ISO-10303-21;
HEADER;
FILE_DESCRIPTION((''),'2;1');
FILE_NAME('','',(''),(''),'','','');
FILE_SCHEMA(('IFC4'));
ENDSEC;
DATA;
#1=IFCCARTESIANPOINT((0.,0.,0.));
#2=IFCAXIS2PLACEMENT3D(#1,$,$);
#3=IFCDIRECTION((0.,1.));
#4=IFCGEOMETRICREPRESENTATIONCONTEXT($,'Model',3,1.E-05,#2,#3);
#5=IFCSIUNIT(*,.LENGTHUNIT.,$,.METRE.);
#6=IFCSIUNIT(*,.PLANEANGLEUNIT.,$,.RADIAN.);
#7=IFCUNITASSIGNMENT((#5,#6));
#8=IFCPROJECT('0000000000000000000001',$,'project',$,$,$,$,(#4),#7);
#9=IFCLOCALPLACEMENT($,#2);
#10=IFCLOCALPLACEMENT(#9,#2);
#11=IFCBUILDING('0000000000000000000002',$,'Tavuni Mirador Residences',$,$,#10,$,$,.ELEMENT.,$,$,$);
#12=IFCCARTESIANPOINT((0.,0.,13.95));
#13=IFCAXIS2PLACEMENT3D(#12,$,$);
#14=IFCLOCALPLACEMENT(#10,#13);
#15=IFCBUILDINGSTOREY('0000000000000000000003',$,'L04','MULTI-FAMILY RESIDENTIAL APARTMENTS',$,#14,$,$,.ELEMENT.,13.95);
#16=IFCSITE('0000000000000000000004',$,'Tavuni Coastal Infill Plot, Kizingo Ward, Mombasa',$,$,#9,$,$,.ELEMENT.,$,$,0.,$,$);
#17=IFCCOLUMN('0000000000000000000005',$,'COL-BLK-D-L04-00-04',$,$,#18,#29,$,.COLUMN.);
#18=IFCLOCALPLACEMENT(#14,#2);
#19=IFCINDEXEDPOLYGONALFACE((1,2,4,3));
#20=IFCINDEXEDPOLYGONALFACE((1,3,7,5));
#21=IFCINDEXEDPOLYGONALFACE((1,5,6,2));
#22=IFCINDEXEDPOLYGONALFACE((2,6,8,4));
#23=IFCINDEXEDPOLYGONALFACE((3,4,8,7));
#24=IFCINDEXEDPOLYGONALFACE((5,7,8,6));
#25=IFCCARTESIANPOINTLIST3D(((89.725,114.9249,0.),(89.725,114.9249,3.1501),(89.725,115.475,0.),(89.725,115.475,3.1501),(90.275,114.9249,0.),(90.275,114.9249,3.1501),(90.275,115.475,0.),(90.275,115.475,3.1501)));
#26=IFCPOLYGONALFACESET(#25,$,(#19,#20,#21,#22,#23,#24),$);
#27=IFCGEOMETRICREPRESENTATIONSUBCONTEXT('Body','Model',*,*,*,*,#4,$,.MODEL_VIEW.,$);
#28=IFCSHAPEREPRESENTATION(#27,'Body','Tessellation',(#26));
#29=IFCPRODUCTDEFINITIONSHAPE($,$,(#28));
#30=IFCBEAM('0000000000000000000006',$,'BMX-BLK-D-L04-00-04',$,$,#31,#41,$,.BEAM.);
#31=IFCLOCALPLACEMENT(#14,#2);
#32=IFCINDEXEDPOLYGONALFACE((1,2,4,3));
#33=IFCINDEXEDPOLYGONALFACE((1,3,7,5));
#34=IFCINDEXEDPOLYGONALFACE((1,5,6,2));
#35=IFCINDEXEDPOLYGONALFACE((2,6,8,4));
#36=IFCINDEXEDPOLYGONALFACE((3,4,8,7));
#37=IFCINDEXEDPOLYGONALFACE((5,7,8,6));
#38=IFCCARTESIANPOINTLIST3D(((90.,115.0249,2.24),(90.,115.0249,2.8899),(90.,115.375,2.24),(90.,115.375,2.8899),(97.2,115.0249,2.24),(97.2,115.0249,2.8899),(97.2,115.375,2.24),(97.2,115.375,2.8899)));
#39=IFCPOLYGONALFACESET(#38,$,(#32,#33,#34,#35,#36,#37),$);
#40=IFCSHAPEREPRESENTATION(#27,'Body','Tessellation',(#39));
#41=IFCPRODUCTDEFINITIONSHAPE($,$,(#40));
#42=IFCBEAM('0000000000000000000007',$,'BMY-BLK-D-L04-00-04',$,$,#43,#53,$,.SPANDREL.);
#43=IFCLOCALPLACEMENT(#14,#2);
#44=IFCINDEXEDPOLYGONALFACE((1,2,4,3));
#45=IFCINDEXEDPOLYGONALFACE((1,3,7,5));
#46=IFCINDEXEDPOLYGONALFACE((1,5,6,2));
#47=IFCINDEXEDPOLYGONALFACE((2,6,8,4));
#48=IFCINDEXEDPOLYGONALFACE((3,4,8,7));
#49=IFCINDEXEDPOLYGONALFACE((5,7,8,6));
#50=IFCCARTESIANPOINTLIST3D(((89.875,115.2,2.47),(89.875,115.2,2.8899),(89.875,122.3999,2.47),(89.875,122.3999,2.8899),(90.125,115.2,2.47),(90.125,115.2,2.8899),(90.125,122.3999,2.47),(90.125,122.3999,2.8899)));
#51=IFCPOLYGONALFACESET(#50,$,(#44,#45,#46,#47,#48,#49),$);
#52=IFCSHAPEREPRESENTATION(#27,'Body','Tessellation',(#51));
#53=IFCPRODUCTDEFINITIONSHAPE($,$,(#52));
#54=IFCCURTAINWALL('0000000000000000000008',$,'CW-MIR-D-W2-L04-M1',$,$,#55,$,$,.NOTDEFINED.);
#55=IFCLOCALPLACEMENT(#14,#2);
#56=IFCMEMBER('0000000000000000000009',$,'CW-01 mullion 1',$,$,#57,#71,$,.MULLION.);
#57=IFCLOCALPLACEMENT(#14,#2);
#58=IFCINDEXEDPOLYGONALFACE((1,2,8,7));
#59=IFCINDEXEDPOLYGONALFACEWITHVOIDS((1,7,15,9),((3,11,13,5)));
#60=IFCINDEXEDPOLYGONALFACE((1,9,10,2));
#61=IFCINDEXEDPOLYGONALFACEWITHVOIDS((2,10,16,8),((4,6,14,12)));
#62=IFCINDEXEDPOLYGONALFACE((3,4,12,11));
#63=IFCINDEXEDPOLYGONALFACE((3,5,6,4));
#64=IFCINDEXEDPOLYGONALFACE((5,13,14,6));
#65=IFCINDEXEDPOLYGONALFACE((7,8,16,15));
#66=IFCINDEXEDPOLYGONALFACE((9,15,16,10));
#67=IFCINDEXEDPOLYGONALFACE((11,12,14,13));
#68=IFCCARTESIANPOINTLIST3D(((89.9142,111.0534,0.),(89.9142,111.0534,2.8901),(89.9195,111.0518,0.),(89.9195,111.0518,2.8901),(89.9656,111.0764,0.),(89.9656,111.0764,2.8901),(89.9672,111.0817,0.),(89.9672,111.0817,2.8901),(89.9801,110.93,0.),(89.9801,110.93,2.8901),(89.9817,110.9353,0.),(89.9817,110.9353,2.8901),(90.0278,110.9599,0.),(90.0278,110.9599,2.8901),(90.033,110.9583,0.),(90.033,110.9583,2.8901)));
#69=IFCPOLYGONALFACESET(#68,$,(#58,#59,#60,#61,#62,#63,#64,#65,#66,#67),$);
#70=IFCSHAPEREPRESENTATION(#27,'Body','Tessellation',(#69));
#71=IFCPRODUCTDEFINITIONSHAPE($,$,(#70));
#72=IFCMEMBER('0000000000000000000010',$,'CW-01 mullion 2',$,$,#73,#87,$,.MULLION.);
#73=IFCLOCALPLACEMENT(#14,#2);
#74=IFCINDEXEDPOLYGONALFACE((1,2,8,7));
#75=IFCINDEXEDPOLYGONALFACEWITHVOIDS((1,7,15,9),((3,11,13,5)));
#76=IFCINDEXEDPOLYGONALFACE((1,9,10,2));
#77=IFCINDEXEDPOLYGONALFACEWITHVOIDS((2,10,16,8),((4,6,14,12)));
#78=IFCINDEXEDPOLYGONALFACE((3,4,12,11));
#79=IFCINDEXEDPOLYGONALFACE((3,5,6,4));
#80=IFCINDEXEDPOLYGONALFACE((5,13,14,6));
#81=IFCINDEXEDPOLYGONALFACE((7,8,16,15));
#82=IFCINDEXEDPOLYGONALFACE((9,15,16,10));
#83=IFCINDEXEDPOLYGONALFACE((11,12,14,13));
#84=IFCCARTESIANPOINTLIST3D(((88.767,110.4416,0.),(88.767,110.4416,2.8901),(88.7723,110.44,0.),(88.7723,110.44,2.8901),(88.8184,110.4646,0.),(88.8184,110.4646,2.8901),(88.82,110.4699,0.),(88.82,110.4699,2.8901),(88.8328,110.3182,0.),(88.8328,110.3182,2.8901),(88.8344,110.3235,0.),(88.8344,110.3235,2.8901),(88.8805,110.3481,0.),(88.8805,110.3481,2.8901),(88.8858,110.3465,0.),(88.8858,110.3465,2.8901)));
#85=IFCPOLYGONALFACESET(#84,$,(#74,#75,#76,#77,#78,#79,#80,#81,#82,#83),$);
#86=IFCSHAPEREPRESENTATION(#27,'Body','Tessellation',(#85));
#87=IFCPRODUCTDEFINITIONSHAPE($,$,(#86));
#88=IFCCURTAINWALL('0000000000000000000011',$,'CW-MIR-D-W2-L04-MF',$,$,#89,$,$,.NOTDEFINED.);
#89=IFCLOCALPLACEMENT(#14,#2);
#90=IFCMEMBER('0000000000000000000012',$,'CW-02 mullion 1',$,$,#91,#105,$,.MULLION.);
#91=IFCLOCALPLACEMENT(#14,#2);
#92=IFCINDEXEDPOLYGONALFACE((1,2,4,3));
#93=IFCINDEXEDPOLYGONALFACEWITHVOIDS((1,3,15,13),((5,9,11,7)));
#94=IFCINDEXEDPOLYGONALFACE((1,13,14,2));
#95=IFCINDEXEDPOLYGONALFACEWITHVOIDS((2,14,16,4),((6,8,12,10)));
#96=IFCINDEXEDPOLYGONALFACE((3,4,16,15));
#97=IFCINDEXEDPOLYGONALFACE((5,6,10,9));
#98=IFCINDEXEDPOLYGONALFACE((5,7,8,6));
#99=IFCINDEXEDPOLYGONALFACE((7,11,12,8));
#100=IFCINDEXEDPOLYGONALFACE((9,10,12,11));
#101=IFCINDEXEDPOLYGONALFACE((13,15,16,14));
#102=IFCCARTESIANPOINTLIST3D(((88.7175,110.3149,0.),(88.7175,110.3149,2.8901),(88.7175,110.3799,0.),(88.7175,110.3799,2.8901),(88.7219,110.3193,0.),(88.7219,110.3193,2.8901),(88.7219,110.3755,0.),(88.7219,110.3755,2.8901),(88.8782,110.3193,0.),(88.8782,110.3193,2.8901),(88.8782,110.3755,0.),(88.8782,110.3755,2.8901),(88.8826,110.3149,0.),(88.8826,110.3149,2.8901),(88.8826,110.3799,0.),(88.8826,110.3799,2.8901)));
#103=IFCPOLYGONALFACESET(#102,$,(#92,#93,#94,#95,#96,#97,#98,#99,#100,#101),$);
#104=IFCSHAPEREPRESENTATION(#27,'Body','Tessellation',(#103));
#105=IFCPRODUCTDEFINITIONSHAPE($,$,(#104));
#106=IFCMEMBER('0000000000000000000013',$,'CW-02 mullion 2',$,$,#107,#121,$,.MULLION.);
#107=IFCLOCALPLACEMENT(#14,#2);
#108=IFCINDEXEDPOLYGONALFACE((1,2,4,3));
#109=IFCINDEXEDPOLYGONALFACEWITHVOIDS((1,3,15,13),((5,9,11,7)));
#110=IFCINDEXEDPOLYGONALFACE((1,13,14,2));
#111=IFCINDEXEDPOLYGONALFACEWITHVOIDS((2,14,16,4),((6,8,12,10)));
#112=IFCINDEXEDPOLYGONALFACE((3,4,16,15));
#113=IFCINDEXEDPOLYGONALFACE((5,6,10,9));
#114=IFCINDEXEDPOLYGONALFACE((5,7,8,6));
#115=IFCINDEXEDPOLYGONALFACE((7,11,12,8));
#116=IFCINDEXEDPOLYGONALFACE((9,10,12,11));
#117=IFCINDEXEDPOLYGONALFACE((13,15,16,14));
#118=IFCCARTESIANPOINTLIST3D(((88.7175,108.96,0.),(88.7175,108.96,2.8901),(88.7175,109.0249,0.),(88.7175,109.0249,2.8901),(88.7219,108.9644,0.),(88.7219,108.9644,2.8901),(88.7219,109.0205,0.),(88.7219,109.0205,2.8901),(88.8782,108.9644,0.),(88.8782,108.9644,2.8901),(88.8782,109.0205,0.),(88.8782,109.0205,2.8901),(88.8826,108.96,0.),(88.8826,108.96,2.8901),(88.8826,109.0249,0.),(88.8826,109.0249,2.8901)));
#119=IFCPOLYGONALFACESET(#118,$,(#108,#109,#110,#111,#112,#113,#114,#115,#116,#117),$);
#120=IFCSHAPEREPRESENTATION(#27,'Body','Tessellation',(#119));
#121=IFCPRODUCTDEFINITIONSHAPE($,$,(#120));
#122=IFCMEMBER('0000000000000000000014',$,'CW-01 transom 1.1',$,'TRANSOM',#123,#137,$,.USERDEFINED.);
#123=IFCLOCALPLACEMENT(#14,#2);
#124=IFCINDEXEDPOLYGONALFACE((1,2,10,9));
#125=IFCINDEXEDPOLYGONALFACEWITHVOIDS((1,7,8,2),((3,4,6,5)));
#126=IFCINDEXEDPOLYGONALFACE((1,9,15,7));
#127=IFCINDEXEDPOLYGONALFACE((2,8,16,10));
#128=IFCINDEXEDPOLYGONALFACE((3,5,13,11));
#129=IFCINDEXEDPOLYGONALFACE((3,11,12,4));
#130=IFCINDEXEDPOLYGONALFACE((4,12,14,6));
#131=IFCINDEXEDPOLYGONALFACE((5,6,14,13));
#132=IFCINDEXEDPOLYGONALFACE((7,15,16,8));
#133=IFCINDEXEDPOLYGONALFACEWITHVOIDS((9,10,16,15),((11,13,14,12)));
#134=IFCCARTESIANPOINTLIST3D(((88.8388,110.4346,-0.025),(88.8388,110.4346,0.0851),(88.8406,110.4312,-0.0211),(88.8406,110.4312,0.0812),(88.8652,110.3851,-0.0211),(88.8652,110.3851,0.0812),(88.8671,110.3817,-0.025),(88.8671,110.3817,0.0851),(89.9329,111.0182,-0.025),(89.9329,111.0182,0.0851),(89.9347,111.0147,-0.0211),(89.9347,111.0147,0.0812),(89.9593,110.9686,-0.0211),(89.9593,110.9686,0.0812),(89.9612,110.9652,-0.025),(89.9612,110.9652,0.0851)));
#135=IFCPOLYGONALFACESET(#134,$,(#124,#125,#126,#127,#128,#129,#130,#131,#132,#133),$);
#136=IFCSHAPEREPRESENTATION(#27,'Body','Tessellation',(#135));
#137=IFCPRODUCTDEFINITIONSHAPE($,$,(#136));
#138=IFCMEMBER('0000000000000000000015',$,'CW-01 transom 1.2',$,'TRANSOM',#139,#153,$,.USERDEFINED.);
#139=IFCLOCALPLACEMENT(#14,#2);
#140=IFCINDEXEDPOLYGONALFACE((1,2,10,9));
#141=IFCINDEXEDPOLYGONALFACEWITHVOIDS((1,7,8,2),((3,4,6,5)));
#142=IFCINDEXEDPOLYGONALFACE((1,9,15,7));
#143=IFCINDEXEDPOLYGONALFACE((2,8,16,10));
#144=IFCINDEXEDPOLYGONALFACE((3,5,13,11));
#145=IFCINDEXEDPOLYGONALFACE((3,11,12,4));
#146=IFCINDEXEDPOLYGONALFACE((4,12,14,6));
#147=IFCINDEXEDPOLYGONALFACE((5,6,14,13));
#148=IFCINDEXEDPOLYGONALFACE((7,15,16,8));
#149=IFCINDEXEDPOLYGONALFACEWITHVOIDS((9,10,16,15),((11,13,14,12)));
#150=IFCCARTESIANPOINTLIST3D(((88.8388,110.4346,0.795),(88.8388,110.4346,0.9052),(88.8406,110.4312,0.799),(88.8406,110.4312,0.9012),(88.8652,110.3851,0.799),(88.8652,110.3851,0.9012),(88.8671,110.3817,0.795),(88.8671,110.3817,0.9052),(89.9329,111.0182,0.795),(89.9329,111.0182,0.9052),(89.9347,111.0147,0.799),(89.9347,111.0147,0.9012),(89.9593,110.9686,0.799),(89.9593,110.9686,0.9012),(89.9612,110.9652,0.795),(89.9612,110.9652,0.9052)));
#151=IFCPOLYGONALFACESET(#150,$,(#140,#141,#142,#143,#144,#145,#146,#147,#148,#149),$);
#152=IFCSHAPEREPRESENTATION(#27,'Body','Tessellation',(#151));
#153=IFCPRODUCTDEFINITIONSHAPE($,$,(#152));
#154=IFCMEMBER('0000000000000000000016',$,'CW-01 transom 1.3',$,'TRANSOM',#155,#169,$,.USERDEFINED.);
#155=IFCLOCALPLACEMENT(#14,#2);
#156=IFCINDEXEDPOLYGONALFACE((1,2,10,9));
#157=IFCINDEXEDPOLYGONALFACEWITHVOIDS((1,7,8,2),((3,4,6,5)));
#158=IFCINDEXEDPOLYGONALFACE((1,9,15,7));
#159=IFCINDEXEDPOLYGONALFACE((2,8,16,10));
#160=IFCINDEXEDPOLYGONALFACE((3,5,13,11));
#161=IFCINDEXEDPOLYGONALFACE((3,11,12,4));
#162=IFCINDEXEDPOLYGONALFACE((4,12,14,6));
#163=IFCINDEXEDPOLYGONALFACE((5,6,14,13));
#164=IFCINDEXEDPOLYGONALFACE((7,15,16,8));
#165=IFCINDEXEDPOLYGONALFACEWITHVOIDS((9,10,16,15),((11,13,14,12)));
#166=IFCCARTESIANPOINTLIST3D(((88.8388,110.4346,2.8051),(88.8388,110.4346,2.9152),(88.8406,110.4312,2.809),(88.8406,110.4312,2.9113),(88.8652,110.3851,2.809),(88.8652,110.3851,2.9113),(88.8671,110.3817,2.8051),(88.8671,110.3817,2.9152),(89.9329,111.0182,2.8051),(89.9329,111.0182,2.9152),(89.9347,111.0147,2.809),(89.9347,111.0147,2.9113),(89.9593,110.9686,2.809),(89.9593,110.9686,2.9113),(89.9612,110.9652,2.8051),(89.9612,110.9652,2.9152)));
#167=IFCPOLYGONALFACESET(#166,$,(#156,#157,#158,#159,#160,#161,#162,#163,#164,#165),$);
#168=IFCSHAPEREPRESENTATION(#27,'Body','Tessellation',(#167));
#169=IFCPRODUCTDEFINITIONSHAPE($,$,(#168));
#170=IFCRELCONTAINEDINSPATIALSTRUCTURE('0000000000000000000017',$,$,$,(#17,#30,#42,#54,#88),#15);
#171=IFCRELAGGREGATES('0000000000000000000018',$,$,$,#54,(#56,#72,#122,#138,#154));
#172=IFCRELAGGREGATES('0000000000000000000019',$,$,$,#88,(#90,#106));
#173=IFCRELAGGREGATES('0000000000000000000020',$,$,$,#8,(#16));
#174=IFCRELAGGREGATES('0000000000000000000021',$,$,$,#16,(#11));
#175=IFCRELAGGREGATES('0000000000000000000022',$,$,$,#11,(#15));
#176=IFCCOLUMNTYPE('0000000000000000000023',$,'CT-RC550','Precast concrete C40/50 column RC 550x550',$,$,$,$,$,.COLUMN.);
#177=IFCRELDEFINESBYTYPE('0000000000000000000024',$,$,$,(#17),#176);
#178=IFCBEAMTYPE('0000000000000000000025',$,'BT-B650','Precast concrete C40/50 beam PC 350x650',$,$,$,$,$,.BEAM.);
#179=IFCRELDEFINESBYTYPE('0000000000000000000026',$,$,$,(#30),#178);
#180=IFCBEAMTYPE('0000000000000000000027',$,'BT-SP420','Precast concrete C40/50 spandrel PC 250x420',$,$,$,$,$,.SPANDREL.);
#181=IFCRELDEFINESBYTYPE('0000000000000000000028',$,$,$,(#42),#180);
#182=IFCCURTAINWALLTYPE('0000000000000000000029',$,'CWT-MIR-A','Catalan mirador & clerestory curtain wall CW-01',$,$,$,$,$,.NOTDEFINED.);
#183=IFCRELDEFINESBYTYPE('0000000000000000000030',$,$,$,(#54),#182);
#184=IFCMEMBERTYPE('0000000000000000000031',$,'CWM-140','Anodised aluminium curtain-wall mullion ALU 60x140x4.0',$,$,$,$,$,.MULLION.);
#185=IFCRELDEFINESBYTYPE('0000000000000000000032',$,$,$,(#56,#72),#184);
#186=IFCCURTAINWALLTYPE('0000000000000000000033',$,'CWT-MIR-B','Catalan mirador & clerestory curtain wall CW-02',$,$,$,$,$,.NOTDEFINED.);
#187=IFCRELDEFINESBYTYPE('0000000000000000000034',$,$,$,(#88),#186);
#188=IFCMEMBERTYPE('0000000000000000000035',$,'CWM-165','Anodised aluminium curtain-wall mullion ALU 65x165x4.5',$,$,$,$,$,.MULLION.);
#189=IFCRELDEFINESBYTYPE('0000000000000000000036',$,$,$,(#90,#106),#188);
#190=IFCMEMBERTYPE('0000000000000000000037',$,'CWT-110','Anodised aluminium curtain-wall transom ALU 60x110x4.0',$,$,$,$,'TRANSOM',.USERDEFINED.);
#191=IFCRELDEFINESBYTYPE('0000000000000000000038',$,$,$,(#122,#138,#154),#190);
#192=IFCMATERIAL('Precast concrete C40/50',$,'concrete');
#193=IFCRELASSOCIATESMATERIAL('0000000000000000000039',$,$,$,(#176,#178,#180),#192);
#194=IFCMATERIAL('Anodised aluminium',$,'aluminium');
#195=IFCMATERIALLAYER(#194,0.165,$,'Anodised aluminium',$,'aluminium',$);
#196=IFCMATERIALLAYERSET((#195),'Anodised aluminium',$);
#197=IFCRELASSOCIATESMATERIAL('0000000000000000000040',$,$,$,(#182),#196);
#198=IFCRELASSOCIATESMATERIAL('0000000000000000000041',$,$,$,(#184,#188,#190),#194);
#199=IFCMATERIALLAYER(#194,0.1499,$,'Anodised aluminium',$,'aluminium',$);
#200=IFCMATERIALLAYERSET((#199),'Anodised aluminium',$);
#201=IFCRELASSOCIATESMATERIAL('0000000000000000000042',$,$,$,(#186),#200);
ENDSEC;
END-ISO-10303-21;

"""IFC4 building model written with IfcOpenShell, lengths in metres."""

from ifc_helpers import new_model, si_unit, direction, frame, origin, origin_2d, place, context, subcontext, project, spatial, rectangle, hollow_rectangle, extrude, material, layer, layer_set, material_profile, profile_set, type_object, element, aggregate, save


model = new_model("IFC4")

# Units and contexts
model_context = context("Model", 3, precision=1e-05, world=origin(), true_north=direction((0.0, 1.0)))
body_context = subcontext(model_context, "Body", "Model", "MODEL_VIEW")
ifc_project = project(units=[si_unit("LENGTHUNIT", "METRE"), si_unit("PLANEANGLEUNIT", "RADIAN")], contexts=[model_context])

# Site, building, storey
site_placement = place(None, origin())
site = spatial("IfcSite", under=ifc_project, at=site_placement, Name="Tavuni Coastal Infill Plot, Kizingo Ward, Mombasa", CompositionType="ELEMENT", RefElevation=0.0)
building_placement = place(site_placement, origin())
building = spatial("IfcBuilding", under=site, at=building_placement, Name="Tavuni Mirador Residences", CompositionType="ELEMENT")
storey_placement = place(building_placement, frame((0.0, 0.0, 13.95)))
storey = spatial("IfcBuildingStorey", under=building, at=storey_placement, Name="L04", Description="MULTI-FAMILY RESIDENTIAL APARTMENTS", CompositionType="ELEMENT", Elevation=13.95)

# Column
ifc_material_1 = material(Name="Precast concrete C40/50", Category="concrete")
ifc_material_profile_1 = material_profile(ifc_material_1, rectangle(XDim=0.55, YDim=0.55, at=origin_2d()), Name="RC 550x550", Category="concrete")
ifc_profile_set_1 = profile_set([ifc_material_profile_1], Name="Precast concrete C40/50")
column_type = type_object("IfcColumnType", Name="CT-RC550", Description="Precast concrete C40/50 column RC 550x550", PredefinedType="COLUMN", material=ifc_profile_set_1)
column_placement = place(storey_placement, frame((90.0, 115.2, 0.0), z_axis=(0.0, 0.0, 1.0), x_axis=(1.0, 0.0, 0.0)))
element("IfcColumn", 1, at=column_placement, inside=storey, type_object=column_type, Name="COL-BLK-D-L04-00-04", PredefinedType="COLUMN", context=body_context, shape_type="SweptSolid", body=[
    extrude(rectangle(XDim=0.55, YDim=0.55, at=origin_2d()), origin(), (0.0, 0.0, 1.0), 3.1501),
])

# Beams
ifc_material_profile_2 = material_profile(ifc_material_1, rectangle(XDim=0.3501, YDim=0.6499, at=origin_2d()), Name="PC 350x650", Category="concrete")
ifc_profile_set_2 = profile_set([ifc_material_profile_2], Name="Precast concrete C40/50")
beam_type_1 = type_object("IfcBeamType", Name="BT-B650", Description="Precast concrete C40/50 beam PC 350x650", PredefinedType="BEAM", material=ifc_profile_set_2)
beam_1_placement = place(storey_placement, frame((90.0, 115.2, 2.5649), z_axis=(1.0, 0.0, 0.0), x_axis=(0.0, 1.0, 0.0)))
element("IfcBeam", 2, at=beam_1_placement, inside=storey, type_object=beam_type_1, Name="BMX-BLK-D-L04-00-04", PredefinedType="BEAM", context=body_context, shape_type="SweptSolid", body=[
    extrude(rectangle(XDim=0.3501, YDim=0.6499, at=origin_2d()), origin(), (0.0, 0.0, 1.0), 7.2),
])
ifc_material_profile_3 = material_profile(ifc_material_1, rectangle(XDim=0.25, YDim=0.4199, at=origin_2d()), Name="PC 250x420", Category="concrete")
ifc_profile_set_3 = profile_set([ifc_material_profile_3], Name="Precast concrete C40/50")
beam_type_2 = type_object("IfcBeamType", Name="BT-SP420", Description="Precast concrete C40/50 spandrel PC 250x420", PredefinedType="SPANDREL", material=ifc_profile_set_3)
beam_2_placement = place(storey_placement, frame((90.0, 115.2, 2.6799), z_axis=(0.0, 1.0, 0.0), x_axis=(-1.0, 0.0, 0.0)))
element("IfcBeam", 3, at=beam_2_placement, inside=storey, type_object=beam_type_2, Name="BMY-BLK-D-L04-00-04", PredefinedType="SPANDREL", context=body_context, shape_type="SweptSolid", body=[
    extrude(rectangle(XDim=0.25, YDim=0.4199, at=origin_2d()), origin(), (0.0, 0.0, 1.0), 7.2),
])

# Curtain walls, members
ifc_material_2 = material(Name="Anodised aluminium", Category="aluminium")
ifc_layer_1 = layer(ifc_material_2, 0.165, Name="Anodised aluminium", Category="aluminium")
ifc_layer_set_1 = layer_set([ifc_layer_1], Name="Anodised aluminium")
curtain_wall_type_1 = type_object("IfcCurtainWallType", Name="CWT-MIR-A", Description="Catalan mirador & clerestory curtain wall CW-01", PredefinedType="NOTDEFINED", material=ifc_layer_set_1)
curtain_wall_1_placement = place(storey_placement, origin())
curtain_wall_1 = element("IfcCurtainWall", 4, at=curtain_wall_1_placement, inside=storey, type_object=curtain_wall_type_1, Name="CW-MIR-D-W2-L04-M1", PredefinedType="NOTDEFINED")
ifc_material_profile_4 = material_profile(ifc_material_2, hollow_rectangle(XDim=0.0601, YDim=0.1399, WallThickness=0.0039, at=origin_2d()), Name="ALU 60x140x4.0", Category="aluminium")
ifc_profile_set_4 = profile_set([ifc_material_profile_4], Name="Anodised aluminium")
member_type_1 = type_object("IfcMemberType", Name="CWM-140", Description="Anodised aluminium curtain-wall mullion ALU 60x140x4.0", PredefinedType="MULLION", material=ifc_profile_set_4)
member_1_placement = place(storey_placement, frame((89.9736, 111.0059, 0.0), z_axis=(0.0, 0.0, 1.0), x_axis=(-0.882353, -0.470588, 0.0)))
member_1 = element("IfcMember", 5, at=member_1_placement, type_object=member_type_1, Name="CW-01 mullion 1", PredefinedType="MULLION", context=body_context, shape_type="SweptSolid", body=[
    extrude(hollow_rectangle(XDim=0.0601, YDim=0.1399, WallThickness=0.0039, at=origin_2d()), origin(), (0.0, 0.0, 1.0), 2.8901),
])
member_2_placement = place(storey_placement, frame((88.8264, 110.394, 0.0), z_axis=(0.0, 0.0, 1.0), x_axis=(-0.882353, -0.470588, 0.0)))
member_2 = element("IfcMember", 6, at=member_2_placement, type_object=member_type_1, Name="CW-01 mullion 2", PredefinedType="MULLION", context=body_context, shape_type="SweptSolid", body=[
    extrude(hollow_rectangle(XDim=0.0601, YDim=0.1399, WallThickness=0.0039, at=origin_2d()), origin(), (0.0, 0.0, 1.0), 2.8901),
])
ifc_layer_2 = layer(ifc_material_2, 0.1499, Name="Anodised aluminium", Category="aluminium")
ifc_layer_set_2 = layer_set([ifc_layer_2], Name="Anodised aluminium")
curtain_wall_type_2 = type_object("IfcCurtainWallType", Name="CWT-MIR-B", Description="Catalan mirador & clerestory curtain wall CW-02", PredefinedType="NOTDEFINED", material=ifc_layer_set_2)
curtain_wall_2_placement = place(storey_placement, origin())
curtain_wall_2 = element("IfcCurtainWall", 7, at=curtain_wall_2_placement, inside=storey, type_object=curtain_wall_type_2, Name="CW-MIR-D-W2-L04-MF", PredefinedType="NOTDEFINED")
ifc_material_profile_5 = material_profile(ifc_material_2, hollow_rectangle(XDim=0.0649, YDim=0.165, WallThickness=0.0044, at=origin_2d()), Name="ALU 65x165x4.5", Category="aluminium")
ifc_profile_set_5 = profile_set([ifc_material_profile_5], Name="Anodised aluminium")
member_type_2 = type_object("IfcMemberType", Name="CWM-165", Description="Anodised aluminium curtain-wall mullion ALU 65x165x4.5", PredefinedType="MULLION", material=ifc_profile_set_5)
member_3_placement = place(storey_placement, frame((88.8, 110.3474, 0.0), z_axis=(0.0, 0.0, 1.0), x_axis=(0.0, -1.0, 0.0)))
member_3 = element("IfcMember", 8, at=member_3_placement, type_object=member_type_2, Name="CW-02 mullion 1", PredefinedType="MULLION", context=body_context, shape_type="SweptSolid", body=[
    extrude(hollow_rectangle(XDim=0.0649, YDim=0.165, WallThickness=0.0044, at=origin_2d()), origin(), (0.0, 0.0, 1.0), 2.8901),
])
member_4_placement = place(storey_placement, frame((88.8, 108.9924, 0.0), z_axis=(0.0, 0.0, 1.0), x_axis=(0.0, -1.0, 0.0)))
member_4 = element("IfcMember", 9, at=member_4_placement, type_object=member_type_2, Name="CW-02 mullion 2", PredefinedType="MULLION", context=body_context, shape_type="SweptSolid", body=[
    extrude(hollow_rectangle(XDim=0.0649, YDim=0.165, WallThickness=0.0044, at=origin_2d()), origin(), (0.0, 0.0, 1.0), 2.8901),
])

# Members
ifc_material_profile_6 = material_profile(ifc_material_2, hollow_rectangle(XDim=0.0601, YDim=0.1101, WallThickness=0.0039, at=origin_2d()), Name="ALU 60x110x4.0", Category="aluminium")
ifc_profile_set_6 = profile_set([ifc_material_profile_6], Name="Anodised aluminium")
member_type_3 = type_object("IfcMemberType", Name="CWT-110", Description="Anodised aluminium curtain-wall transom ALU 60x110x4.0", ElementType="TRANSOM", PredefinedType="USERDEFINED", material=ifc_profile_set_6)
member_5_placement = place(storey_placement, frame((89.947, 110.9917, 0.03), z_axis=(-0.882342, -0.470609, 0.0), x_axis=(0.470609, -0.882342, 0.0)))
member_5 = element("IfcMember", 10, at=member_5_placement, type_object=member_type_3, Name="CW-01 transom 1.1", ObjectType="TRANSOM", PredefinedType="USERDEFINED", context=body_context, shape_type="SweptSolid", body=[
    extrude(hollow_rectangle(XDim=0.0601, YDim=0.1101, WallThickness=0.0039, at=origin_2d()), origin(), (0.0, 0.0, 1.0), 1.24),
])
member_6_placement = place(storey_placement, frame((89.947, 110.9917, 0.8501), z_axis=(-0.882342, -0.470609, 0.0), x_axis=(0.470609, -0.882342, 0.0)))
member_6 = element("IfcMember", 11, at=member_6_placement, type_object=member_type_3, Name="CW-01 transom 1.2", ObjectType="TRANSOM", PredefinedType="USERDEFINED", context=body_context, shape_type="SweptSolid", body=[
    extrude(hollow_rectangle(XDim=0.0601, YDim=0.1101, WallThickness=0.0039, at=origin_2d()), origin(), (0.0, 0.0, 1.0), 1.24),
])
member_7_placement = place(storey_placement, frame((89.947, 110.9917, 2.8601), z_axis=(-0.882342, -0.470609, 0.0), x_axis=(0.470609, -0.882342, 0.0)))
member_7 = element("IfcMember", 12, at=member_7_placement, type_object=member_type_3, Name="CW-01 transom 1.3", ObjectType="TRANSOM", PredefinedType="USERDEFINED", context=body_context, shape_type="SweptSolid", body=[
    extrude(hollow_rectangle(XDim=0.0601, YDim=0.1101, WallThickness=0.0039, at=origin_2d()), origin(), (0.0, 0.0, 1.0), 1.24),
])

aggregate(curtain_wall_1, [member_1, member_2, member_5, member_6, member_7])
aggregate(curtain_wall_2, [member_3, member_4])

save(model, "model.ifc")
